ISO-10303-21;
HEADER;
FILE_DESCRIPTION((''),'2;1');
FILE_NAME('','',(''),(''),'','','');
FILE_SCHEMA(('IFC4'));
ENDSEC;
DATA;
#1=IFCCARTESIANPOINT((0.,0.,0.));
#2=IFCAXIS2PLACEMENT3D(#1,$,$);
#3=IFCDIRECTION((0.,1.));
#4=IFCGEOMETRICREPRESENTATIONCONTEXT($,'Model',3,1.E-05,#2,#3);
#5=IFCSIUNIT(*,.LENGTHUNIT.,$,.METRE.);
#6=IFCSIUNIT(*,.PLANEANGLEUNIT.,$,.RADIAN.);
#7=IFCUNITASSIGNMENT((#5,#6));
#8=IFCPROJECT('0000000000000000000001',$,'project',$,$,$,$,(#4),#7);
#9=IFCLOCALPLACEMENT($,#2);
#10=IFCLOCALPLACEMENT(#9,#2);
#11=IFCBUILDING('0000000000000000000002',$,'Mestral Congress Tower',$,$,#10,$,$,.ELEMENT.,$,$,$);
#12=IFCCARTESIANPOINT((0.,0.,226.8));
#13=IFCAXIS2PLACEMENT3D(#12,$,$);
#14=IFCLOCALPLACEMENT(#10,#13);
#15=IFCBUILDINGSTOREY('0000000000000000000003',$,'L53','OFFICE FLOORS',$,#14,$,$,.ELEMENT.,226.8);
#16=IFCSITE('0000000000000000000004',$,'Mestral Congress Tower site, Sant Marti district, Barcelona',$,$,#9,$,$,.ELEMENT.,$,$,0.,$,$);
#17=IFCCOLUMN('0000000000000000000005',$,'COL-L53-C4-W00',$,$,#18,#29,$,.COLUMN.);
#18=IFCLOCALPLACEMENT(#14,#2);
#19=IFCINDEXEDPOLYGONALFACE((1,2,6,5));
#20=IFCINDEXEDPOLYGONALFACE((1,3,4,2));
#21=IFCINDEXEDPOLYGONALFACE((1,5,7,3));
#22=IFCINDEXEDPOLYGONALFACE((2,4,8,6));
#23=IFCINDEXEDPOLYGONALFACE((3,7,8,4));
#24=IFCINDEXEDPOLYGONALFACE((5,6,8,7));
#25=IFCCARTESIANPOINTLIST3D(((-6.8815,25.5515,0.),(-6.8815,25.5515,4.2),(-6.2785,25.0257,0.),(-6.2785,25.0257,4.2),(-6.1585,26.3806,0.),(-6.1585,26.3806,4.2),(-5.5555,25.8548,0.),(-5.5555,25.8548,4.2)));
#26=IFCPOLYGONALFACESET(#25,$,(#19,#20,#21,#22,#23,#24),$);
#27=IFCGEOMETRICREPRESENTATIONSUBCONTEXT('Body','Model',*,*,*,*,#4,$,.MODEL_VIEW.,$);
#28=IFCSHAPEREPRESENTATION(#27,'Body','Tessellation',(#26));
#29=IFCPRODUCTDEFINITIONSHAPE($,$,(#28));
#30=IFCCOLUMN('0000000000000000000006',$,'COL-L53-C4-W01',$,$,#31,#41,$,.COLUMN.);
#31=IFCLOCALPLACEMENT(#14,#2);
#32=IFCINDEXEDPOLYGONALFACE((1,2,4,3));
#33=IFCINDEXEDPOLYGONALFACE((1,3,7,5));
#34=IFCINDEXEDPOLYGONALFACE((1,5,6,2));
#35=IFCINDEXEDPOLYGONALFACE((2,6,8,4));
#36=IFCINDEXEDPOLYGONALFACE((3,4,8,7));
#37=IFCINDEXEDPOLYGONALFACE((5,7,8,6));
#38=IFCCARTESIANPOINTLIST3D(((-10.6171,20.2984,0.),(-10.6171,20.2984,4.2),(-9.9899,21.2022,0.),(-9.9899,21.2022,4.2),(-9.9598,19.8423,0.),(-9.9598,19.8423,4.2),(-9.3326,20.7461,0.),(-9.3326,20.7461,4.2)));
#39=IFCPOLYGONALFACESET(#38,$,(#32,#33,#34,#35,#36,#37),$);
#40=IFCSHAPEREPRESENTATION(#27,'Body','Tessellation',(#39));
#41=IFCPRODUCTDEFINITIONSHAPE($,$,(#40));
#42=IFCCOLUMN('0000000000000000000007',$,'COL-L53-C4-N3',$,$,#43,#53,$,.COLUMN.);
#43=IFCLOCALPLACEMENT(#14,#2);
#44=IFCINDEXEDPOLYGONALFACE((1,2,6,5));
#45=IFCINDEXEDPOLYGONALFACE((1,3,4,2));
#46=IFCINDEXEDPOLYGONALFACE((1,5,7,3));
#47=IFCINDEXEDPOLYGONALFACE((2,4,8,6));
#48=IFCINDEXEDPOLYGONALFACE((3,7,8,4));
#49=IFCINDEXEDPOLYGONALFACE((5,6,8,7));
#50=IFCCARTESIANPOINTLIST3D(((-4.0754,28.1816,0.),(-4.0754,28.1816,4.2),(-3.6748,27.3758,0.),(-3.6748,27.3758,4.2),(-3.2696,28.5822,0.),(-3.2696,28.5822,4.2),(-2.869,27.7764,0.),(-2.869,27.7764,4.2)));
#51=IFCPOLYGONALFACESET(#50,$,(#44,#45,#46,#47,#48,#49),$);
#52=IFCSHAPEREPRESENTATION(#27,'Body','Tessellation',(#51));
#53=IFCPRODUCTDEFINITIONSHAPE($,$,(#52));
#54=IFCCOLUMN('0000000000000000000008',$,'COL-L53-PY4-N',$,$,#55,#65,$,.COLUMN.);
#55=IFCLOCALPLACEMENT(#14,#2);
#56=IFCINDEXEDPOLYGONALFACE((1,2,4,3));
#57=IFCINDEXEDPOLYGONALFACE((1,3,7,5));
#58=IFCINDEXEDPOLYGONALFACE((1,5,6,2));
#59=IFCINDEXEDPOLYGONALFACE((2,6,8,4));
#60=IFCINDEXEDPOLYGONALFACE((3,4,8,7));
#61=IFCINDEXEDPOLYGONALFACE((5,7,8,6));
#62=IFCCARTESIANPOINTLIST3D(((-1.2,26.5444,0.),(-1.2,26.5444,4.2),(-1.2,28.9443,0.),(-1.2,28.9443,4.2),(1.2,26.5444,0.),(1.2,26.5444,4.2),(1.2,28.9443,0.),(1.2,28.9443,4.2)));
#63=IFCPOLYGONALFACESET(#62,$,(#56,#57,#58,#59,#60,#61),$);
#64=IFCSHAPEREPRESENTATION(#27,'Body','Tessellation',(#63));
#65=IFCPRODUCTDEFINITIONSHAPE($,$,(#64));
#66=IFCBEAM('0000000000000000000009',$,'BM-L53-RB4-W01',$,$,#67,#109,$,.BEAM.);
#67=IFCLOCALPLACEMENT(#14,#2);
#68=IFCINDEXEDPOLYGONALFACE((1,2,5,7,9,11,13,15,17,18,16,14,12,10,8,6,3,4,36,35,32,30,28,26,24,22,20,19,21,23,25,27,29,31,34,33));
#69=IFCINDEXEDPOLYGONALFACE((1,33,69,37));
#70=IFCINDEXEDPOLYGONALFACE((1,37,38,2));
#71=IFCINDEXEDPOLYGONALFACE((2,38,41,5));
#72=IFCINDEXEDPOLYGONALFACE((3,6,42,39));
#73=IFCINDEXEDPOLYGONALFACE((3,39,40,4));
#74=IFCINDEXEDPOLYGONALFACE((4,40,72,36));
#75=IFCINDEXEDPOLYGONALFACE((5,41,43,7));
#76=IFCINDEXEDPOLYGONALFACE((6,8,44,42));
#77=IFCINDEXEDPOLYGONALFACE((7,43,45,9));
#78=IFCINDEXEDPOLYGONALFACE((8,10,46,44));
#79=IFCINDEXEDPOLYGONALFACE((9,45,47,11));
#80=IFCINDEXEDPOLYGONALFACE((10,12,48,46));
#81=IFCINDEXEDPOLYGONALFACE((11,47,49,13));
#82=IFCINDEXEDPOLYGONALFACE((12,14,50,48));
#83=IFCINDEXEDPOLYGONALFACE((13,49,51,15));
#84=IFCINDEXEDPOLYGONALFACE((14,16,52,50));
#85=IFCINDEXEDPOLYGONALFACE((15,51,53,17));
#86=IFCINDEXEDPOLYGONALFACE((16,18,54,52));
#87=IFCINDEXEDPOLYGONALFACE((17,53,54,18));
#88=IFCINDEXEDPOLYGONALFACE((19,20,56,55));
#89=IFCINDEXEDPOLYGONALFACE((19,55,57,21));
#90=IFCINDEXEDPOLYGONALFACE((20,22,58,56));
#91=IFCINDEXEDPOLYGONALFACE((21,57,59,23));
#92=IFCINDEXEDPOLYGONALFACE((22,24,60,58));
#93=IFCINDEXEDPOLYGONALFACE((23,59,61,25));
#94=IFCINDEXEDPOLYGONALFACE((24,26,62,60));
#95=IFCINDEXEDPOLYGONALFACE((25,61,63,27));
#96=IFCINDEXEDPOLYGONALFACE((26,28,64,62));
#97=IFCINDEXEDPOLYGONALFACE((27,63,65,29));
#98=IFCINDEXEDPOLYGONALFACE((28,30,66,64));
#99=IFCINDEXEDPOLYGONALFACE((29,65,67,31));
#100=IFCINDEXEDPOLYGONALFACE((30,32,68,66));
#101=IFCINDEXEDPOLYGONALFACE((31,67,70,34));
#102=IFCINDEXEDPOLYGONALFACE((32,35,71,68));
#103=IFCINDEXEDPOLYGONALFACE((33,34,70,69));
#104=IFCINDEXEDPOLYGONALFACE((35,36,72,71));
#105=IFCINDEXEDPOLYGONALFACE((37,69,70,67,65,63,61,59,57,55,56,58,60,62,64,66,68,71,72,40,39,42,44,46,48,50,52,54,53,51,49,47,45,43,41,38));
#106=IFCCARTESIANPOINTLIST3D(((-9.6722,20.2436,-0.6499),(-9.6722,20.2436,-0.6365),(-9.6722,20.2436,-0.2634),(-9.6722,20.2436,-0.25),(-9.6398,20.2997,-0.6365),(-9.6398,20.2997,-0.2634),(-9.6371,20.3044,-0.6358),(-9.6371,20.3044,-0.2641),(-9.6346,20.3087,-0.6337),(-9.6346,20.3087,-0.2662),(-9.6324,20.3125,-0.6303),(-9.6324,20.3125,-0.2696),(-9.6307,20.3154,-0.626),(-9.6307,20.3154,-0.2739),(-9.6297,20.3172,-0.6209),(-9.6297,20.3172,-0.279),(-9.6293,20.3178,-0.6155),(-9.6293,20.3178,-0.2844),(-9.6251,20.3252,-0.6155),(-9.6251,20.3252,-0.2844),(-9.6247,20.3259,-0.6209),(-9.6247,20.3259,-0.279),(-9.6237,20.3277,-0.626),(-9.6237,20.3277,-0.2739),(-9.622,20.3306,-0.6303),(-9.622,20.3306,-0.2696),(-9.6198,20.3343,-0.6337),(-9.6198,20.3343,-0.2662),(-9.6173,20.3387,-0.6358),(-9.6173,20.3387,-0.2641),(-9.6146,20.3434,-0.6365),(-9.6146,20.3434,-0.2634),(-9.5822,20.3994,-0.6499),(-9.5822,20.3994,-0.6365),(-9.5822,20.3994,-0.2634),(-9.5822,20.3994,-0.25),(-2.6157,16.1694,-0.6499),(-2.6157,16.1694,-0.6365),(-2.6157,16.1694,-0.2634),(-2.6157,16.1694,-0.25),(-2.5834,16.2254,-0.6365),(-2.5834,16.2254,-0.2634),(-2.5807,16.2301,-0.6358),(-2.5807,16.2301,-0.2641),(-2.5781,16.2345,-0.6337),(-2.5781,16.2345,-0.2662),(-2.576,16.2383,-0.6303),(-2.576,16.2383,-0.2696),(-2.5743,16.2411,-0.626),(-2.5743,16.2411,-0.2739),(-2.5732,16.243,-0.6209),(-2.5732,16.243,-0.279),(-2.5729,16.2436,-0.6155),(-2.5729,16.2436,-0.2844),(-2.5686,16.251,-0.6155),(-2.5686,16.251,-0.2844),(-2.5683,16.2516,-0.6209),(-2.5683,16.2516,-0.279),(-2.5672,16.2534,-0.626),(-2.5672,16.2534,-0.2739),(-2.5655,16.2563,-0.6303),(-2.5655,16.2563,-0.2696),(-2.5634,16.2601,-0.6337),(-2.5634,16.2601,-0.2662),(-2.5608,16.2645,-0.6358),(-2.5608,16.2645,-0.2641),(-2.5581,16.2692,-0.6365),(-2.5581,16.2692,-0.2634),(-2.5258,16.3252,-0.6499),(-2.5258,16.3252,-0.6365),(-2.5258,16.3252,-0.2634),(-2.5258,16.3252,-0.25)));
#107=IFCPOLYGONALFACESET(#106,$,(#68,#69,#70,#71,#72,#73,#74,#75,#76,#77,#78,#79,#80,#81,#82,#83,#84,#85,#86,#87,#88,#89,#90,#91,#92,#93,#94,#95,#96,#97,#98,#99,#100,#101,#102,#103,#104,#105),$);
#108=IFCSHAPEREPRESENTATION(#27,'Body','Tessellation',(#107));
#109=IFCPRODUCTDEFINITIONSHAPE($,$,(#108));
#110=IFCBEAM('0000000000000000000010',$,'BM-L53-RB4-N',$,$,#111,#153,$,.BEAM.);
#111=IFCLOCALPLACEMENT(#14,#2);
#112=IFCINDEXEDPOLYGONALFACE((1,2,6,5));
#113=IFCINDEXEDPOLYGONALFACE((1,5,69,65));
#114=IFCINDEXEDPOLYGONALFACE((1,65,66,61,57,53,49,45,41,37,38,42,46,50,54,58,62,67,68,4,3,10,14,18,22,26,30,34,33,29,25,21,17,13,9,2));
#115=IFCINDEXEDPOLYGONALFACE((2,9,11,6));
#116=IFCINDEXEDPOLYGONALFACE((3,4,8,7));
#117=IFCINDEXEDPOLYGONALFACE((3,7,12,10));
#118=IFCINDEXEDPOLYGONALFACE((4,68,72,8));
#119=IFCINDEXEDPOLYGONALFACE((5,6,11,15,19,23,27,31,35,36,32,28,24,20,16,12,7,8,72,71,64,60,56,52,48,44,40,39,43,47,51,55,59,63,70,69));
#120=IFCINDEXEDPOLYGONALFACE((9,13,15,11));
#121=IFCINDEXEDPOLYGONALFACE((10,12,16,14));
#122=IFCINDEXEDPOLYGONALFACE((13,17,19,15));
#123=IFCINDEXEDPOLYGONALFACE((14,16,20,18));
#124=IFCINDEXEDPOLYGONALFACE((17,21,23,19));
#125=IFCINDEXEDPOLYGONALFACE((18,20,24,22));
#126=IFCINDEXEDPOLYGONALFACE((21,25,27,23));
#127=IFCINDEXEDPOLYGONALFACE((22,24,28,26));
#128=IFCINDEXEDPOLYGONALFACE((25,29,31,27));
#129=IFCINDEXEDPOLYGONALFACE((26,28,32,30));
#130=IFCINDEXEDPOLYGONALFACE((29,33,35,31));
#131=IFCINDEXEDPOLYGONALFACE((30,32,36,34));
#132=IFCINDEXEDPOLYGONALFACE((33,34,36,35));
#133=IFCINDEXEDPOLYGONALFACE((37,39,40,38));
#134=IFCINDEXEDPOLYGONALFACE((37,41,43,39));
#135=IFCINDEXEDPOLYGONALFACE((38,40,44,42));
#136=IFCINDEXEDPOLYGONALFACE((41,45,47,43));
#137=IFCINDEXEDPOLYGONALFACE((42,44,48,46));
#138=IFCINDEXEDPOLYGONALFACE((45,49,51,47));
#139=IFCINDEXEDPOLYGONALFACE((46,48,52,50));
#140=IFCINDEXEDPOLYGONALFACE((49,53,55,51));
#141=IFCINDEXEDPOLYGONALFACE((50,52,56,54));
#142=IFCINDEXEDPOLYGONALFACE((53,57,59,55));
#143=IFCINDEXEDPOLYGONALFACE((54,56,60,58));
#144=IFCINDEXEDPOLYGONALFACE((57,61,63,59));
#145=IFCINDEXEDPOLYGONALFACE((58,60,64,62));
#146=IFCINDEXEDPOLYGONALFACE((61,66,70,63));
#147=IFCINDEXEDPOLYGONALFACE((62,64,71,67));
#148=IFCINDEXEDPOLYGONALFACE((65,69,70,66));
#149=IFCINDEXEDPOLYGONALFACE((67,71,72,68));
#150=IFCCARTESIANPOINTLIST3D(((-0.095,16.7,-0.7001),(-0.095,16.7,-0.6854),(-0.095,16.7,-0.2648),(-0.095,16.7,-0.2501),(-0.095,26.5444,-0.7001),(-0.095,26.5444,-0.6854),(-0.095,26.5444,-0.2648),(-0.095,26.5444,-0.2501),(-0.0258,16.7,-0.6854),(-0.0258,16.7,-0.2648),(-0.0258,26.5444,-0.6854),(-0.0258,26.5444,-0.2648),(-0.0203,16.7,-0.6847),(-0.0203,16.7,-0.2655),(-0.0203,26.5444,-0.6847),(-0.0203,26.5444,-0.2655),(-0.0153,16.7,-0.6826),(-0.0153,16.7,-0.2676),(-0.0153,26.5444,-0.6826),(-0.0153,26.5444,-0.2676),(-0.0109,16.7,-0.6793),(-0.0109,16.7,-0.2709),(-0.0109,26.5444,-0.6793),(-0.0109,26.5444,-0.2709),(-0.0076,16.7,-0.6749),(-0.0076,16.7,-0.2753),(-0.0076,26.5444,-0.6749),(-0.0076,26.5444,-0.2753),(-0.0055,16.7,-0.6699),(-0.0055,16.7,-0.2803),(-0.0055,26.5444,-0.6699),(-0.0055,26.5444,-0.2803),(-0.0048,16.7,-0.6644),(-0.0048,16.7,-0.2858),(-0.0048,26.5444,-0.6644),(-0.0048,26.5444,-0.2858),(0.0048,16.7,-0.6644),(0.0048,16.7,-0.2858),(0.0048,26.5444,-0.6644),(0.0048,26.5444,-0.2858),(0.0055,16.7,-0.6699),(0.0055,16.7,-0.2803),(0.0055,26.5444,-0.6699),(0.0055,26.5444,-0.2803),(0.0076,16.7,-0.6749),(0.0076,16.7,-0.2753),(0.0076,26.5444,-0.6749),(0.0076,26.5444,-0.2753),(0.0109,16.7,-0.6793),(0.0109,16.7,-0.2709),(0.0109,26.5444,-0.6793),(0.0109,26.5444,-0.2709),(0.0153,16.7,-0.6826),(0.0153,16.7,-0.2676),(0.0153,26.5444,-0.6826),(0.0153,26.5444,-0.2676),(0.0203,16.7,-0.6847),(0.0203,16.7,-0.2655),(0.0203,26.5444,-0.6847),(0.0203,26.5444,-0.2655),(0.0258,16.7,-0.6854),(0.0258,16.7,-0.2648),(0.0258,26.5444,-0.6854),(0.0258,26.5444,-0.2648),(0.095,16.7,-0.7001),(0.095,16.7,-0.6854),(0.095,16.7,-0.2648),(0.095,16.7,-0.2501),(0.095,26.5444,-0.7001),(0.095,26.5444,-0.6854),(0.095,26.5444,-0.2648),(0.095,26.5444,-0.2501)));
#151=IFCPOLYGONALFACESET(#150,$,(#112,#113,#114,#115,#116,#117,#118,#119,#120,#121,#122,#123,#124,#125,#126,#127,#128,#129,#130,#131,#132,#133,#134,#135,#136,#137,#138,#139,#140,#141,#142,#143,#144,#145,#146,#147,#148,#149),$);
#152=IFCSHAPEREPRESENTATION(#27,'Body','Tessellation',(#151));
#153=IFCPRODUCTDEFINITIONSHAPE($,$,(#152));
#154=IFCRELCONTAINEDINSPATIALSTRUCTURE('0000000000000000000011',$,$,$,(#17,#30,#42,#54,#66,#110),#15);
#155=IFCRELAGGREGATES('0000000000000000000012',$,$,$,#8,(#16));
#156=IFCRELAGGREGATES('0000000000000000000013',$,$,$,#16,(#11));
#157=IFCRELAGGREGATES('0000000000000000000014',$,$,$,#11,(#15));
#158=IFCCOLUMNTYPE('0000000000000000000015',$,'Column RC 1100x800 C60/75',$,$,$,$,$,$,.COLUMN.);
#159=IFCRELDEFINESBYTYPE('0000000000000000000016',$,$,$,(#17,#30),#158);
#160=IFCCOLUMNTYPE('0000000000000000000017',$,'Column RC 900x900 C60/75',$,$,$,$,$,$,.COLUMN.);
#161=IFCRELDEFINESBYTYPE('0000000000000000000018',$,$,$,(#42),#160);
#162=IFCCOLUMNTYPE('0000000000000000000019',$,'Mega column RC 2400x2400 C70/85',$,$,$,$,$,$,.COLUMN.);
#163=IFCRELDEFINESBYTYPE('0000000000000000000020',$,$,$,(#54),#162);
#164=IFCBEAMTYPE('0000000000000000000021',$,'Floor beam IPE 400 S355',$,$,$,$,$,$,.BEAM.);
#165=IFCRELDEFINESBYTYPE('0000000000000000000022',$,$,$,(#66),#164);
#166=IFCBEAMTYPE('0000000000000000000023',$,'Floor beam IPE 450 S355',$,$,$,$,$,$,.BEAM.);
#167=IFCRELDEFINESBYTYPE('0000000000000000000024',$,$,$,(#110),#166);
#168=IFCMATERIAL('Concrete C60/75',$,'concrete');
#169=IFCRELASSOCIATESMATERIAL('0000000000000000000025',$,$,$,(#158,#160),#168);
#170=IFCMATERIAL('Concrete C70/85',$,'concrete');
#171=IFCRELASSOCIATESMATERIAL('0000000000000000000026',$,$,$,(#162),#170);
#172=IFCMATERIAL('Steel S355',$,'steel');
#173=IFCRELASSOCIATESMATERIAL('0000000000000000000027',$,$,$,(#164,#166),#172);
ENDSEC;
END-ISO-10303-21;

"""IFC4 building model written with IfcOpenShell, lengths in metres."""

from ifc_helpers import new_model, si_unit, direction, frame, origin, origin_2d, place, context, subcontext, project, spatial, rectangle, i_section, extrude, material, material_profile, profile_set, type_object, element, save


model = new_model("IFC4")

# Units and contexts
model_context = context("Model", 3, precision=1e-05, world=origin(), true_north=direction((0.0, 1.0)))
body_context = subcontext(model_context, "Body", "Model", "MODEL_VIEW")
ifc_project = project(units=[si_unit("LENGTHUNIT", "METRE"), si_unit("PLANEANGLEUNIT", "RADIAN")], contexts=[model_context])

# Site, building, storey
site_placement = place(None, origin())
site = spatial("IfcSite", under=ifc_project, at=site_placement, Name="Mestral Congress Tower site, Sant Marti district, Barcelona", CompositionType="ELEMENT", RefElevation=0.0)
building_placement = place(site_placement, origin())
building = spatial("IfcBuilding", under=site, at=building_placement, Name="Mestral Congress Tower", CompositionType="ELEMENT")
storey_placement = place(building_placement, frame((0.0, 0.0, 226.8)))
storey = spatial("IfcBuildingStorey", under=building, at=storey_placement, Name="L53", Description="OFFICE FLOORS", CompositionType="ELEMENT", Elevation=226.8)

# Columns
ifc_material_1 = material(Name="Concrete C60/75", Category="concrete")
ifc_material_profile_1 = material_profile(ifc_material_1, rectangle(XDim=1.1001, YDim=0.8, at=origin_2d()), Name="RC 1100x800")
ifc_profile_set_1 = profile_set([ifc_material_profile_1], Name="Concrete C60/75")
column_type_1 = type_object("IfcColumnType", Name="Column RC 1100x800 C60/75", PredefinedType="COLUMN", material=ifc_profile_set_1)
for number, where, z_axis, x_axis, name in (
    (1, (-6.2185, 25.7031, 0.0), (0.0, 0.0, 1.0), (-0.65725, -0.753672, 0.0), "COL-L53-C4-W00"),
    (2, (-9.9749, 20.5222, 0.0), (0.0, 0.0, 1.0), (-0.570084, -0.821586, 0.0), "COL-L53-C4-W01"),
):
    element("IfcColumn", number, at=place(storey_placement, frame(where, z_axis=z_axis, x_axis=x_axis)), inside=storey, type_object=column_type_1, Name=name, PredefinedType="COLUMN", context=body_context, shape_type="SweptSolid", body=[
        extrude(rectangle(XDim=1.1001, YDim=0.8, at=origin_2d()), origin(), (0.0, 0.0, 1.0), 4.2),
    ])
ifc_material_profile_2 = material_profile(ifc_material_1, rectangle(XDim=0.8999, YDim=0.8999, at=origin_2d()), Name="RC 900x900")
ifc_profile_set_2 = profile_set([ifc_material_profile_2], Name="Concrete C60/75")
column_type_2 = type_object("IfcColumnType", Name="Column RC 900x900 C60/75", PredefinedType="COLUMN", material=ifc_profile_set_2)
column_1_placement = place(storey_placement, frame((-3.4722, 27.979, 0.0), z_axis=(0.0, 0.0, 1.0), x_axis=(-0.895456, -0.445149, 0.0)))
element("IfcColumn", 3, at=column_1_placement, inside=storey, type_object=column_type_2, Name="COL-L53-C4-N3", PredefinedType="COLUMN", context=body_context, shape_type="SweptSolid", body=[
    extrude(rectangle(XDim=0.8999, YDim=0.8999, at=origin_2d()), origin(), (0.0, 0.0, 1.0), 4.2),
])
ifc_material_2 = material(Name="Concrete C70/85", Category="concrete")
ifc_material_profile_3 = material_profile(ifc_material_2, rectangle(XDim=2.3999, YDim=2.3999, at=origin_2d()), Name="RC 2400x2400")
ifc_profile_set_3 = profile_set([ifc_material_profile_3], Name="Concrete C70/85")
column_type_3 = type_object("IfcColumnType", Name="Mega column RC 2400x2400 C70/85", PredefinedType="COLUMN", material=ifc_profile_set_3)
column_2_placement = place(storey_placement, frame((0.0, 27.7444, 0.0), z_axis=(0.0, 0.0, 1.0), x_axis=(0.0, 1.0, 0.0)))
element("IfcColumn", 4, at=column_2_placement, inside=storey, type_object=column_type_3, Name="COL-L53-PY4-N", PredefinedType="COLUMN", context=body_context, shape_type="SweptSolid", body=[
    extrude(rectangle(XDim=2.3999, YDim=2.3999, at=origin_2d()), origin(), (0.0, 0.0, 1.0), 4.2),
])

# Beams
ifc_material_3 = material(Name="Steel S355", Category="steel")
ifc_material_profile_4 = material_profile(ifc_material_3, i_section(OverallWidth=0.1799, OverallDepth=0.3999, WebThickness=0.0085, FlangeThickness=0.0134, FilletRadius=0.021, at=origin_2d()), Name="IPE 400")
ifc_profile_set_4 = profile_set([ifc_material_profile_4], Name="Steel S355")
beam_type_1 = type_object("IfcBeamType", Name="Floor beam IPE 400 S355", PredefinedType="BEAM", material=ifc_profile_set_4)
beam_1_placement = place(storey_placement, frame((-9.6272, 20.3215, -0.45), z_axis=(0.866014, -0.500019, 0.0), x_axis=(0.500019, 0.866014, 0.0)))
element("IfcBeam", 5, at=beam_1_placement, inside=storey, type_object=beam_type_1, Name="BM-L53-RB4-W01", PredefinedType="BEAM", context=body_context, shape_type="SweptSolid", body=[
    extrude(i_section(OverallWidth=0.1799, OverallDepth=0.3999, WebThickness=0.0085, FlangeThickness=0.0134, FilletRadius=0.021, at=origin_2d()), origin(), (0.0, 0.0, 1.0), 8.1482),
])
ifc_material_profile_5 = material_profile(ifc_material_3, i_section(OverallWidth=0.1899, OverallDepth=0.45, WebThickness=0.0095, FlangeThickness=0.0146, FilletRadius=0.021, at=origin_2d()), Name="IPE 450")
ifc_profile_set_5 = profile_set([ifc_material_profile_5], Name="Steel S355")
beam_type_2 = type_object("IfcBeamType", Name="Floor beam IPE 450 S355", PredefinedType="BEAM", material=ifc_profile_set_5)
beam_2_placement = place(storey_placement, frame((0.0, 26.5444, -0.4751), z_axis=(0.0, -1.0, 0.0), x_axis=(1.0, 0.0, 0.0)))
element("IfcBeam", 6, at=beam_2_placement, inside=storey, type_object=beam_type_2, Name="BM-L53-RB4-N", PredefinedType="BEAM", context=body_context, shape_type="SweptSolid", body=[
    extrude(i_section(OverallWidth=0.1899, OverallDepth=0.45, WebThickness=0.0095, FlangeThickness=0.0146, FilletRadius=0.021, at=origin_2d()), origin(), (0.0, 0.0, 1.0), 9.8445),
])

save(model, "model.ifc")
